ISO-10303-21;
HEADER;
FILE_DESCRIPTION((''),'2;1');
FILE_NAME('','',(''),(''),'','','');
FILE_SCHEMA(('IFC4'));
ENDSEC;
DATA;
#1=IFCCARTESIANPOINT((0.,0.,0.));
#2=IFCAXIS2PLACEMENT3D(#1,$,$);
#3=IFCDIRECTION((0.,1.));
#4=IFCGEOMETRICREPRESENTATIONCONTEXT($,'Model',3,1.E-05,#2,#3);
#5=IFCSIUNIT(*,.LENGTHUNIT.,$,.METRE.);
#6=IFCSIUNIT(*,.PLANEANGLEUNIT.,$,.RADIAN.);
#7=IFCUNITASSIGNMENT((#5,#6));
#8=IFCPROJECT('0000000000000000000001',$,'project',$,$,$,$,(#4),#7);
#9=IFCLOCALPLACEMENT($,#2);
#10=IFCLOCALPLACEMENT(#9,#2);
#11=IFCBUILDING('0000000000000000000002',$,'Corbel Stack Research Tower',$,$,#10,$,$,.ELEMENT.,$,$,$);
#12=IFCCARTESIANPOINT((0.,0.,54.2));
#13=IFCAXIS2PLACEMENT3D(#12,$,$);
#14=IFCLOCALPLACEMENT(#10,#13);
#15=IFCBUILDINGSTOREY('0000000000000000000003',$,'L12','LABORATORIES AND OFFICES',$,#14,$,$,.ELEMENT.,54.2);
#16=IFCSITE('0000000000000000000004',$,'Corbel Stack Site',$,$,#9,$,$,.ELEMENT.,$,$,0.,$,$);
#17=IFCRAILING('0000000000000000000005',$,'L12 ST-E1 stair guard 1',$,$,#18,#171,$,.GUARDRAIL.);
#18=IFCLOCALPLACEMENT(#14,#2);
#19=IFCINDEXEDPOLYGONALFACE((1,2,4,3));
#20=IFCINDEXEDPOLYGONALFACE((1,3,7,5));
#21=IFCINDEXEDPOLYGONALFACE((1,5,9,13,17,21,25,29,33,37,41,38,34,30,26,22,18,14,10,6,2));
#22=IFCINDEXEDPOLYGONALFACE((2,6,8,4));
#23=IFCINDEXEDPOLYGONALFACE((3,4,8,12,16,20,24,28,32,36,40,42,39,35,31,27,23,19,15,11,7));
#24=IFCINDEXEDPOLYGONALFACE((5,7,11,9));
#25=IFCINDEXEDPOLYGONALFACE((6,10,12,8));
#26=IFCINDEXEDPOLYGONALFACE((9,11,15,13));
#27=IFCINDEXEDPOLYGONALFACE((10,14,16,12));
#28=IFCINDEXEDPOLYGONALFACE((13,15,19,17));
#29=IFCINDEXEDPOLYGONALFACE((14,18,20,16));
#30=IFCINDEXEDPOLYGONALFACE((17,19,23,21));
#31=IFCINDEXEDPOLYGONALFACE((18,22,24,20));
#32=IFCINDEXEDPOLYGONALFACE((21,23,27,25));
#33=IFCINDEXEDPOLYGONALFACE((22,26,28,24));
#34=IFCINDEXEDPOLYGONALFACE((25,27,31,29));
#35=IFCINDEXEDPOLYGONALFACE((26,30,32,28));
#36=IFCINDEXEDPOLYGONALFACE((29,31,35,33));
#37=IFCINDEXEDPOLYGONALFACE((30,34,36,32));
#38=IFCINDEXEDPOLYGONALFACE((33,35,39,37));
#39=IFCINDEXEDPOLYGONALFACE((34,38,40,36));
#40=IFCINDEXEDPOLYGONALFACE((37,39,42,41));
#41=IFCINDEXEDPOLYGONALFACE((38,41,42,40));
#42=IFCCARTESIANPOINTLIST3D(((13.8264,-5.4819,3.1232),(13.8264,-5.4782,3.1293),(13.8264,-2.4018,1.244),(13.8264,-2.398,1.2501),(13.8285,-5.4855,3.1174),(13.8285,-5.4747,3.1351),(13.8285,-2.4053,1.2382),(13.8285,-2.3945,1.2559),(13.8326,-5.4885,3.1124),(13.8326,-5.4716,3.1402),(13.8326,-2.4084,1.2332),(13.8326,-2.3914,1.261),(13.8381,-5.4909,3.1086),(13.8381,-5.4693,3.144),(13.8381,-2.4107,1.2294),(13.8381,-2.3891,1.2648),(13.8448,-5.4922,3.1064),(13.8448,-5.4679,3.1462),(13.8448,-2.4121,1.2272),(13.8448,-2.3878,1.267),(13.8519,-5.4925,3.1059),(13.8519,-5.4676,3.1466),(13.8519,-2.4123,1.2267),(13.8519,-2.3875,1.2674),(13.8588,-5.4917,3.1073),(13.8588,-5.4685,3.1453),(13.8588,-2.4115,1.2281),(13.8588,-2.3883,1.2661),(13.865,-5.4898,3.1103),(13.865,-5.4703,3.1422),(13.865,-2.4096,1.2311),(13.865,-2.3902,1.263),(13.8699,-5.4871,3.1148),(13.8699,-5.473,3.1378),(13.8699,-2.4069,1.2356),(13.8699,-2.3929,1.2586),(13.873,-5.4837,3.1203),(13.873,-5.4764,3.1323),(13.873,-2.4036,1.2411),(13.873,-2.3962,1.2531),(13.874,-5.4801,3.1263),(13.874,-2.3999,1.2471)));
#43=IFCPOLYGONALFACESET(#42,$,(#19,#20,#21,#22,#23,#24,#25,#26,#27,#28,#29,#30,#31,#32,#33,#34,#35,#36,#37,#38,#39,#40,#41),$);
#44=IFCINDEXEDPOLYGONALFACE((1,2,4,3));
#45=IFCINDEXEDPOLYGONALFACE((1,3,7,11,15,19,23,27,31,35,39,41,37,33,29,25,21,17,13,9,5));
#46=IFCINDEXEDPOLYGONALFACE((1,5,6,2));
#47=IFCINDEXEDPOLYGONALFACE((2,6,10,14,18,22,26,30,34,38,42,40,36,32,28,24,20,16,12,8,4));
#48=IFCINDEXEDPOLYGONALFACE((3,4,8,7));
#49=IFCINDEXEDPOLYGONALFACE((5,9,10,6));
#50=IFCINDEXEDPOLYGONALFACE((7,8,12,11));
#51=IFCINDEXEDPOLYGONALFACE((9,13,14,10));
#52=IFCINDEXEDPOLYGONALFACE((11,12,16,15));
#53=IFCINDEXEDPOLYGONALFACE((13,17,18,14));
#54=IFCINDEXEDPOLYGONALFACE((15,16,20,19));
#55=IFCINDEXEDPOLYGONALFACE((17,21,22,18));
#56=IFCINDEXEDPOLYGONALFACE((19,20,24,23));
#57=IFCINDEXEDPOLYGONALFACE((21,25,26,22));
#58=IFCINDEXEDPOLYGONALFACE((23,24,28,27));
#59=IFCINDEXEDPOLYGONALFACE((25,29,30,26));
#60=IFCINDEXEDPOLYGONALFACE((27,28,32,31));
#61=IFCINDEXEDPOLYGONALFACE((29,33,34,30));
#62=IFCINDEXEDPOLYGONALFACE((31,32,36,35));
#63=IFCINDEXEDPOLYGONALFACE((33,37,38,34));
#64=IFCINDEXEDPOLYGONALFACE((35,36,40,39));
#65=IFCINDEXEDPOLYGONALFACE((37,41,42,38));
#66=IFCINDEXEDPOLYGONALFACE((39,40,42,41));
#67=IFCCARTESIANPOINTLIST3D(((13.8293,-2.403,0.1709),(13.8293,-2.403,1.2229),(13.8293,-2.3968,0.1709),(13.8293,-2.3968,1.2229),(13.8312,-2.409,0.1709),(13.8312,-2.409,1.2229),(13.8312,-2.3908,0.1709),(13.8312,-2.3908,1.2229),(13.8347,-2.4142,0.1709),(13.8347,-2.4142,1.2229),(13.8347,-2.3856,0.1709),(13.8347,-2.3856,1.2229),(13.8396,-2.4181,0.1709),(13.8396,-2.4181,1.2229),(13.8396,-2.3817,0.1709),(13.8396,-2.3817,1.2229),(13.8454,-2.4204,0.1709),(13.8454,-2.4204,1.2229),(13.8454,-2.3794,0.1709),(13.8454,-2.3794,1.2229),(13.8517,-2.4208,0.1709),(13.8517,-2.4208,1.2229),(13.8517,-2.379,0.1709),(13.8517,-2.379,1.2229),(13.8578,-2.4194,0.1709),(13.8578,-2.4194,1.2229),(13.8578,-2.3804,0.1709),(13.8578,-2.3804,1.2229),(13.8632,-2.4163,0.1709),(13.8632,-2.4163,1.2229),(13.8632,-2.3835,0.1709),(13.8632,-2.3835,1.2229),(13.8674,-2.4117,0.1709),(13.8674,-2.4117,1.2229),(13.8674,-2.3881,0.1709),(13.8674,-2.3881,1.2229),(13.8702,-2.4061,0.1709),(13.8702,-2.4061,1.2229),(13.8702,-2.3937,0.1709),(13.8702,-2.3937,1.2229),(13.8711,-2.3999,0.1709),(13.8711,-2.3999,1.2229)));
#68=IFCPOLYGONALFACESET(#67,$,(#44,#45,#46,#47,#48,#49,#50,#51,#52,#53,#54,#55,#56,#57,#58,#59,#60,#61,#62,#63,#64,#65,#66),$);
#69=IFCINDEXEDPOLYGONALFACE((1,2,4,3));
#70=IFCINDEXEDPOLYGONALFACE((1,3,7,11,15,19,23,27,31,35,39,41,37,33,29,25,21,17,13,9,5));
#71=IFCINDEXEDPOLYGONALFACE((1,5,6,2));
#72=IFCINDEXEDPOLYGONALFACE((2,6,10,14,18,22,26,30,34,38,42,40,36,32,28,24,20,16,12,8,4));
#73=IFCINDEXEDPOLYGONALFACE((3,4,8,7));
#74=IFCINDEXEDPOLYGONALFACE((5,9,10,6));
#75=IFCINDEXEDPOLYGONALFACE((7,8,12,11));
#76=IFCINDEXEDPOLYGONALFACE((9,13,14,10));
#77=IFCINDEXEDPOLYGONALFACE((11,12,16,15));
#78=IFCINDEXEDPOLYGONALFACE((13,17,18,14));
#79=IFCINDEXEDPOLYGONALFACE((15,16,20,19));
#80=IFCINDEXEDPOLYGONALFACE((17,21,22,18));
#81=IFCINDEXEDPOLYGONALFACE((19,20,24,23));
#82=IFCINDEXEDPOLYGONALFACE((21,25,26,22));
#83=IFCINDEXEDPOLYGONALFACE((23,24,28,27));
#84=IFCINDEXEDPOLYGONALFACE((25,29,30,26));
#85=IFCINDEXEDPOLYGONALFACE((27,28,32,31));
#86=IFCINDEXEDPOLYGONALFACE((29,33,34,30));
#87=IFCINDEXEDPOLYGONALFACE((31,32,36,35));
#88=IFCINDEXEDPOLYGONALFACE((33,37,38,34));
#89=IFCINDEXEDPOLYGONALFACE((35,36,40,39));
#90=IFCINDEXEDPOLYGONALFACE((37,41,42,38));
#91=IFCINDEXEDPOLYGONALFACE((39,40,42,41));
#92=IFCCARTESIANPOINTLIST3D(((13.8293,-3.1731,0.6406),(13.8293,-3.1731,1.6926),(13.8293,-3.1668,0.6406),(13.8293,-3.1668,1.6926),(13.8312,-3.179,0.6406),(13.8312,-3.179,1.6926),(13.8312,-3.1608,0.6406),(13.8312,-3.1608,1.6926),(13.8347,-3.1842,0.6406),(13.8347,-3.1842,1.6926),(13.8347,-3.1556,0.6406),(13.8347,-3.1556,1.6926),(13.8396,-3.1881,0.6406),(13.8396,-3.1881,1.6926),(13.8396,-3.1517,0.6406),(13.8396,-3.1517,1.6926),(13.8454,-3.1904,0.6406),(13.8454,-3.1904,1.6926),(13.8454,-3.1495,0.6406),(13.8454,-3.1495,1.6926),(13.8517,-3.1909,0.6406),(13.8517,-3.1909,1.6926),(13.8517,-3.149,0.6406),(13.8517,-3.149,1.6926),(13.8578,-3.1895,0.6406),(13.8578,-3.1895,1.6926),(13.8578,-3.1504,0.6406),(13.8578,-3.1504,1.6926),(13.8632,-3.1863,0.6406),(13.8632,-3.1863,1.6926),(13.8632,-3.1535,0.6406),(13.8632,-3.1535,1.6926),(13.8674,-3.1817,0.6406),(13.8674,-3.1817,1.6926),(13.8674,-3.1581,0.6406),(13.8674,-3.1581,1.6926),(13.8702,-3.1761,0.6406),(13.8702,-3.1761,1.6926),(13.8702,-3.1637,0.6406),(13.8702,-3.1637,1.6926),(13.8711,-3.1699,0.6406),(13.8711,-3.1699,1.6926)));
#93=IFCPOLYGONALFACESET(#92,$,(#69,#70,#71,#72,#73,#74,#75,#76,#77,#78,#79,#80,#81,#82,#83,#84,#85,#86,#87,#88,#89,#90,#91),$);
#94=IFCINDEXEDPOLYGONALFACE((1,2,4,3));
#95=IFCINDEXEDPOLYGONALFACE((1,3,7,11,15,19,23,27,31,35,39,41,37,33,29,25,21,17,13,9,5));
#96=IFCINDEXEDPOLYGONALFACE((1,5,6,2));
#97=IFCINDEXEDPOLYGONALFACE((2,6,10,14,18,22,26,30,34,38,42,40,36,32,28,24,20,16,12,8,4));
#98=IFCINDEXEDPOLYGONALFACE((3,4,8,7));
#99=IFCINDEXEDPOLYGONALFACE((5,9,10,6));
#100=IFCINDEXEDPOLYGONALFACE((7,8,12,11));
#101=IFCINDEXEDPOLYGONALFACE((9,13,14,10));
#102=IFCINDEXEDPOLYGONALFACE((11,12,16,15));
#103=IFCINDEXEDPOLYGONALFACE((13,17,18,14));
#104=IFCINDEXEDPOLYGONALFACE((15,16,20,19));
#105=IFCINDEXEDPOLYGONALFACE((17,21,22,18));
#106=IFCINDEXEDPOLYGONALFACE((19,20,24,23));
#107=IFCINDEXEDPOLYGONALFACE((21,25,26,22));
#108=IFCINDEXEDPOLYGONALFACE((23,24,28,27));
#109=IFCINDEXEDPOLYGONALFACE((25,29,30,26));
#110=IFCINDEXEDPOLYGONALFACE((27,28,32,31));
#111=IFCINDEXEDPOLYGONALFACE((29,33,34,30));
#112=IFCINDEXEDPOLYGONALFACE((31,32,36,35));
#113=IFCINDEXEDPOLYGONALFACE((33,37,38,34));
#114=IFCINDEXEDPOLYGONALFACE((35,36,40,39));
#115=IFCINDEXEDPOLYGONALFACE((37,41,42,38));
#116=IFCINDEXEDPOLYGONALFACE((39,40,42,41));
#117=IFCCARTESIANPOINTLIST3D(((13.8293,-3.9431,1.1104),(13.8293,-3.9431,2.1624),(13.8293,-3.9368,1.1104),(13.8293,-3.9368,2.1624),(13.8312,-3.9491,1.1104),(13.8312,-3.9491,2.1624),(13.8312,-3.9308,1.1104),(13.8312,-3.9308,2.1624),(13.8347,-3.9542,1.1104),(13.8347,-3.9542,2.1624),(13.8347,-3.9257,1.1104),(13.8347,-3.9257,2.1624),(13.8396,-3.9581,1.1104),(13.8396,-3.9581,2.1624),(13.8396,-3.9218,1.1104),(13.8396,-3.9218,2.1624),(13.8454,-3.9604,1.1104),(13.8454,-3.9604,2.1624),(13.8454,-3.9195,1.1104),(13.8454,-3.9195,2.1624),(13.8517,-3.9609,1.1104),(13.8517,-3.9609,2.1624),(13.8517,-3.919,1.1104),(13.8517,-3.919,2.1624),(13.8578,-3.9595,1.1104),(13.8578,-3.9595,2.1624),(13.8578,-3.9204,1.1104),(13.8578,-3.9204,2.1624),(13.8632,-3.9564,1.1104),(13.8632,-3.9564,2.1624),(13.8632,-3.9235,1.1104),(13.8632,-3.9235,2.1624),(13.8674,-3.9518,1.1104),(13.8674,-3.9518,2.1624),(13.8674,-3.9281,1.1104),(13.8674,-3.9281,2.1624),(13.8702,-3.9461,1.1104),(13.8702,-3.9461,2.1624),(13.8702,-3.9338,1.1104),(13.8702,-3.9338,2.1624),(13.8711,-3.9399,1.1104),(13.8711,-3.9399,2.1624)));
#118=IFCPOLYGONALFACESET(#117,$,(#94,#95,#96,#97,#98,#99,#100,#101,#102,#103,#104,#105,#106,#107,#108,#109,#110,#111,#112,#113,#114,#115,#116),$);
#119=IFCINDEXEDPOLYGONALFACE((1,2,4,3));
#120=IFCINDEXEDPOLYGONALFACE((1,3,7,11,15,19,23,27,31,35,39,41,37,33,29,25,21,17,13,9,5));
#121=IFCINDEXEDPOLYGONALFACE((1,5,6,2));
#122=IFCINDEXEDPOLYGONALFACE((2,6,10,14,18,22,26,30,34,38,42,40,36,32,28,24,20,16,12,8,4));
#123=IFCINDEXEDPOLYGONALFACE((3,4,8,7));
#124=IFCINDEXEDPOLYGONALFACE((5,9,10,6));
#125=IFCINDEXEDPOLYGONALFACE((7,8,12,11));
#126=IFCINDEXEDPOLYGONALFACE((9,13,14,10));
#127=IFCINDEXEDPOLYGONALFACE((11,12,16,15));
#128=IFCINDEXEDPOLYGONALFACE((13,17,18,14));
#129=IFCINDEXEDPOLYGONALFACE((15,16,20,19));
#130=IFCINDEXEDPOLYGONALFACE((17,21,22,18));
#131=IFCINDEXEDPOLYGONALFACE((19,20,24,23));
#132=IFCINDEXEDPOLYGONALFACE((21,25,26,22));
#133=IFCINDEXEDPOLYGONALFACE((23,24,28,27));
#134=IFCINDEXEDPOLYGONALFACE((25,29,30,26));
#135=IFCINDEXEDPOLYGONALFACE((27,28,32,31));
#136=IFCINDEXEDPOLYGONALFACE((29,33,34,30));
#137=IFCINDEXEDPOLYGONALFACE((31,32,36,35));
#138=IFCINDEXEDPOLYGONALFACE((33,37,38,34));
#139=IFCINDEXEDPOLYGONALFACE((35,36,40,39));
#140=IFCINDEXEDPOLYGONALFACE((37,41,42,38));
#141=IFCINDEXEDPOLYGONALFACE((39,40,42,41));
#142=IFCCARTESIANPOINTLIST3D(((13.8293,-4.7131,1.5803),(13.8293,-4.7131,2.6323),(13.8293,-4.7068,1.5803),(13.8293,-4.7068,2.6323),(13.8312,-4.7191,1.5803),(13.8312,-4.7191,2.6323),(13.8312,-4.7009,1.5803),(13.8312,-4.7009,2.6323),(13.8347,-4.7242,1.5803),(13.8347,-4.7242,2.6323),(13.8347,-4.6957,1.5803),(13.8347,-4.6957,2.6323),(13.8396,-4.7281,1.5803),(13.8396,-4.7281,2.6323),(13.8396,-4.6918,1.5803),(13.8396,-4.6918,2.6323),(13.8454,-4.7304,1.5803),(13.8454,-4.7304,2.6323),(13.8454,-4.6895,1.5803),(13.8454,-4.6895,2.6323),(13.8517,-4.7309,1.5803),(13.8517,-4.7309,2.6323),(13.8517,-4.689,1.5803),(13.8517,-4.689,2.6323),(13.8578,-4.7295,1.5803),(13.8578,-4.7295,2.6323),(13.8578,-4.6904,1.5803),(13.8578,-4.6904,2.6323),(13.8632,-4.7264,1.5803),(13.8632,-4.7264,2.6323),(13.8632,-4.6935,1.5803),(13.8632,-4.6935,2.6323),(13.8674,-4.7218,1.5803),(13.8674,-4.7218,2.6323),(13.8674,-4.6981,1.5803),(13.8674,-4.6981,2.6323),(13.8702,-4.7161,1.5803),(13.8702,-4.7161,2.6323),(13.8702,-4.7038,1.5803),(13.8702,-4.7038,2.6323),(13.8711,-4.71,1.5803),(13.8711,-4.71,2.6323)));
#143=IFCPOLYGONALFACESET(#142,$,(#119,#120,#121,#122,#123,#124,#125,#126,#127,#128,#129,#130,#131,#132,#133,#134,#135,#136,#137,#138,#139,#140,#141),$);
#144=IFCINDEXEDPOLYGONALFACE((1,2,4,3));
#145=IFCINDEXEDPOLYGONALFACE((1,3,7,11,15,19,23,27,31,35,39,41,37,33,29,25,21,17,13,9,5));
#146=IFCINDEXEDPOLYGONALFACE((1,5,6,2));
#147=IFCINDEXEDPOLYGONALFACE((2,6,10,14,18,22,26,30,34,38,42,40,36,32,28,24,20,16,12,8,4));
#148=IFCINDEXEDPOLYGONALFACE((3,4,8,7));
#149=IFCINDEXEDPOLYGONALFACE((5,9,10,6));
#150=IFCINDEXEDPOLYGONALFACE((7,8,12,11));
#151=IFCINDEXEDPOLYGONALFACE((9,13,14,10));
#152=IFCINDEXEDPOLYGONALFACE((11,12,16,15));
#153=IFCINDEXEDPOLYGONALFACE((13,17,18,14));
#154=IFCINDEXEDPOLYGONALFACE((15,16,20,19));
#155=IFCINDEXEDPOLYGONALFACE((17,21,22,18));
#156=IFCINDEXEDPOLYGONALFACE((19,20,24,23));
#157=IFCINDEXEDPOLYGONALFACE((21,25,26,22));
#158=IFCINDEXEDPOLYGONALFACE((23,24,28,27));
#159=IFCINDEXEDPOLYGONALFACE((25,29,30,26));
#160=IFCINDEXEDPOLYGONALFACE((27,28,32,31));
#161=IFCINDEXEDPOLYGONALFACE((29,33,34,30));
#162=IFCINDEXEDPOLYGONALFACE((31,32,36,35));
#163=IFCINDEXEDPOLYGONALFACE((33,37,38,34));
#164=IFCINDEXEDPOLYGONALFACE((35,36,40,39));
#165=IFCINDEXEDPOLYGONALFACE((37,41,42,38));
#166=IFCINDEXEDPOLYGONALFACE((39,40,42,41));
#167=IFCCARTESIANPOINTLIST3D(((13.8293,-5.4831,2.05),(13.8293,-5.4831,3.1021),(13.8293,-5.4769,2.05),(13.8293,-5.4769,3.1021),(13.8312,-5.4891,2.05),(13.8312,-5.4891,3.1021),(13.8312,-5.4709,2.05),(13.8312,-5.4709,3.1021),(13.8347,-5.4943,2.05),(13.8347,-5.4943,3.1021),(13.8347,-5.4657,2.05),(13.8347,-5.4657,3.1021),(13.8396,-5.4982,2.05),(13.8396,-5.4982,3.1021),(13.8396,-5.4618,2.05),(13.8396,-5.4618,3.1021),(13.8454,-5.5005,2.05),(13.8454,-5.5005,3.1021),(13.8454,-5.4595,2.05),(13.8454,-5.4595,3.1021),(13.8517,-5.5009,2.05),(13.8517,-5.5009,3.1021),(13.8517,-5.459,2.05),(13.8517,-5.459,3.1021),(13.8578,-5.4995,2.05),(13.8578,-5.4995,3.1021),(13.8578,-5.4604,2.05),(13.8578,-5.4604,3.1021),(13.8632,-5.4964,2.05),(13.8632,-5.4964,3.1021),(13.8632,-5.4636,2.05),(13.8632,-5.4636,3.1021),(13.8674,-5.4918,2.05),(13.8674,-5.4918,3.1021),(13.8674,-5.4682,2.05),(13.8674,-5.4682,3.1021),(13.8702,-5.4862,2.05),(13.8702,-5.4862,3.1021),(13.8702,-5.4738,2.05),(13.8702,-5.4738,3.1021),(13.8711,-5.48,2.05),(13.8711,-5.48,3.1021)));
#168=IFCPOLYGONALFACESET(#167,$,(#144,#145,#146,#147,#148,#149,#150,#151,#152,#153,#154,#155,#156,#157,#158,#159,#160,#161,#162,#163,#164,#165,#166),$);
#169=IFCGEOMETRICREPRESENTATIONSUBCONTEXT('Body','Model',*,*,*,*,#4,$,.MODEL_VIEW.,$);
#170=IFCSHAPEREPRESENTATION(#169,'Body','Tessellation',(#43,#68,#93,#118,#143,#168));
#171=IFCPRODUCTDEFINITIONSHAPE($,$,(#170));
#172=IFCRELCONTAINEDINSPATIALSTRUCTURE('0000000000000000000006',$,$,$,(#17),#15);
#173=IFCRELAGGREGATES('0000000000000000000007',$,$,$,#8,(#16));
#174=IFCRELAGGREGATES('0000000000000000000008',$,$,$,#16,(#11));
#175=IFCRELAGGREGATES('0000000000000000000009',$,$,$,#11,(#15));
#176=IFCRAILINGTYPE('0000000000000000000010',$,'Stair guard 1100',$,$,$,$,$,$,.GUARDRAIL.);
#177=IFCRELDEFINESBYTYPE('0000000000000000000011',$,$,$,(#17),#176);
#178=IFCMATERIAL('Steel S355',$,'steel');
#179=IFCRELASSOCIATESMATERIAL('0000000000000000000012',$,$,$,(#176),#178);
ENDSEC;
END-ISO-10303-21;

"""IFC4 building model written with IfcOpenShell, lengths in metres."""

from ifc_helpers import new_model, si_unit, direction, frame, origin, origin_2d, place, context, subcontext, project, spatial, circle, extrude, material, type_object, element, save


model = new_model("IFC4")

# Units and contexts
model_context = context("Model", 3, precision=1e-05, world=origin(), true_north=direction((0.0, 1.0)))
body_context = subcontext(model_context, "Body", "Model", "MODEL_VIEW")
ifc_project = project(units=[si_unit("LENGTHUNIT", "METRE"), si_unit("PLANEANGLEUNIT", "RADIAN")], contexts=[model_context])

# Site, building, storey
site_placement = place(None, origin())
site = spatial("IfcSite", under=ifc_project, at=site_placement, Name="Corbel Stack Site", CompositionType="ELEMENT", RefElevation=0.0)
building_placement = place(site_placement, origin())
building = spatial("IfcBuilding", under=site, at=building_placement, Name="Corbel Stack Research Tower", CompositionType="ELEMENT")
storey_placement = place(building_placement, frame((0.0, 0.0, 54.2)))
storey = spatial("IfcBuildingStorey", under=building, at=storey_placement, Name="L12", Description="LABORATORIES AND OFFICES", CompositionType="ELEMENT", Elevation=54.2)

# Railing
ifc_material_1 = material(Name="Steel S355", Category="steel")
railing_type_1 = type_object("IfcRailingType", Name="Stair guard 1100", PredefinedType="GUARDRAIL", material=ifc_material_1)
railing_1_placement = place(storey_placement, frame((13.8501, -2.3999, 0.1709)))
element("IfcRailing", 1, at=railing_1_placement, inside=storey, type_object=railing_type_1, Name="L12 ST-E1 stair guard 1", PredefinedType="GUARDRAIL", context=body_context, shape_type="SweptSolid", body=[
    extrude(circle(Radius=0.0239, at=origin_2d()), frame((0.0, 0.0, 1.0762), z_axis=(0.0, -0.853666, 0.52082), x_axis=(1.0, 0.0, 0.0)), (0.0, 0.0, 1.0), 3.6082),
    extrude(circle(Radius=0.021, at=origin_2d()), origin(), (0.0, 0.0, 1.0), 1.052),
    extrude(circle(Radius=0.021, at=origin_2d()), frame((0.0, -0.77, 0.4697)), (0.0, 0.0, 1.0), 1.052),
    extrude(circle(Radius=0.021, at=origin_2d()), frame((0.0, -1.54, 0.9395)), (0.0, 0.0, 1.0), 1.052),
    extrude(circle(Radius=0.021, at=origin_2d()), frame((0.0, -2.3101, 1.4094)), (0.0, 0.0, 1.0), 1.052),
    extrude(circle(Radius=0.021, at=origin_2d()), frame((0.0, -3.0801, 1.8792)), (0.0, 0.0, 1.0), 1.052),
])

save(model, "model.ifc")
